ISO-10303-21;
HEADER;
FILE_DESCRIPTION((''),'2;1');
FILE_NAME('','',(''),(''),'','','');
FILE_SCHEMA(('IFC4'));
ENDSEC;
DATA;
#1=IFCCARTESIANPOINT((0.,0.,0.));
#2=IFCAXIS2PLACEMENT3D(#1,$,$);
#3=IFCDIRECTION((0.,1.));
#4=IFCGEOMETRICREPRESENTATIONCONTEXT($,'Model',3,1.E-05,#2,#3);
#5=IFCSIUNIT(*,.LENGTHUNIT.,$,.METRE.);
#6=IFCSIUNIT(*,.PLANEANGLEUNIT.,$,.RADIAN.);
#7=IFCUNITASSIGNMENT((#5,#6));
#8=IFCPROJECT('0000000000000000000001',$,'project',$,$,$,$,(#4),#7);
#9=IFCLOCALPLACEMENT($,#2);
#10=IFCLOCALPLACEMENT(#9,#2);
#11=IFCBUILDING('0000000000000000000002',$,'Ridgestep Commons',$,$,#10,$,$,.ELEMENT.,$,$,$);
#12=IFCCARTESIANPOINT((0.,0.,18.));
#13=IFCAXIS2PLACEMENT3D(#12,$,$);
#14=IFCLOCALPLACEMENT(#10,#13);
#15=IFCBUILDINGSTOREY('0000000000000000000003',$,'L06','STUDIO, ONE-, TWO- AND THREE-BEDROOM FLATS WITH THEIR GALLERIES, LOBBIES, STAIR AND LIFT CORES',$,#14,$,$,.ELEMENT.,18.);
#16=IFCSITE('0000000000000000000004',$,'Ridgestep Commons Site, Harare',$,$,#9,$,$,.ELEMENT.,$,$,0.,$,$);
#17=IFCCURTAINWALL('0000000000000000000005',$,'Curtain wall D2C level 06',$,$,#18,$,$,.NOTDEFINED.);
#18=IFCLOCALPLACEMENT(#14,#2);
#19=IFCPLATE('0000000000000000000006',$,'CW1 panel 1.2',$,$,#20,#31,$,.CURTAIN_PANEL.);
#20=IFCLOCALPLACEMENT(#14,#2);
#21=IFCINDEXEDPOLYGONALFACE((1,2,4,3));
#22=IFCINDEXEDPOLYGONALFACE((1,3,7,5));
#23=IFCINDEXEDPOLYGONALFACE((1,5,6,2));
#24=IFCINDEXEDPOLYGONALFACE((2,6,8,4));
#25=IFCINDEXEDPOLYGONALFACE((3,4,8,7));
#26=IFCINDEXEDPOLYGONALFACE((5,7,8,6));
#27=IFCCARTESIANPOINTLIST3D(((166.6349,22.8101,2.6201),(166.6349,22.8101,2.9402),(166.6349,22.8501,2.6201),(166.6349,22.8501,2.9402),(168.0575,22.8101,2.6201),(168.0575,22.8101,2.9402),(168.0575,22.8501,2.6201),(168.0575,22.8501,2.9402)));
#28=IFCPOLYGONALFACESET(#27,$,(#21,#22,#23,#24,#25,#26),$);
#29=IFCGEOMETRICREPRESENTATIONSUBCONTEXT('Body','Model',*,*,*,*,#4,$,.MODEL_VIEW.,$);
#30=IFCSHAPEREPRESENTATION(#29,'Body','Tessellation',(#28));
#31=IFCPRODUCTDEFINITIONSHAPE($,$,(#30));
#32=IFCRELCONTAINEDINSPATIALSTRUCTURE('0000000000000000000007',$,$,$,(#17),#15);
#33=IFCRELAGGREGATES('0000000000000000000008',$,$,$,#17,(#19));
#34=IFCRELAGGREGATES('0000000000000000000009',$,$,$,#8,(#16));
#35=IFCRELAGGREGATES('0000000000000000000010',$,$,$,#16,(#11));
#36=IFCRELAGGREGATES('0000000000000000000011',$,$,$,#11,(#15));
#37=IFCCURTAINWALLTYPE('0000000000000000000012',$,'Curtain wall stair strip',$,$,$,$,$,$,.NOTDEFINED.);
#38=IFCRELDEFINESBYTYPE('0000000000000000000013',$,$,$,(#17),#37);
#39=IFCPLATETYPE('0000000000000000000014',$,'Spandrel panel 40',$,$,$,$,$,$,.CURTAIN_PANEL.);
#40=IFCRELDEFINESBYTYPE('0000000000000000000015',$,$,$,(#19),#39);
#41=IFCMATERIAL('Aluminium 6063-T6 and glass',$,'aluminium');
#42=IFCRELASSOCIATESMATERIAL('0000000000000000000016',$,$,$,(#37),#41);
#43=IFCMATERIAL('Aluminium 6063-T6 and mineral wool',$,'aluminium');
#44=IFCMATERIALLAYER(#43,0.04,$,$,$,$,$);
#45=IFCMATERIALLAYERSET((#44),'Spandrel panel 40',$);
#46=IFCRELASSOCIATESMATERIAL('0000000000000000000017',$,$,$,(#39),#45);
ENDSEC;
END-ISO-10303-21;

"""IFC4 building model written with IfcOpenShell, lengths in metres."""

from ifc_helpers import new_model, si_unit, direction, frame, origin, origin_2d, place, context, subcontext, project, spatial, rectangle, extrude, material, layer, layer_set, type_object, element, aggregate, save


model = new_model("IFC4")

# Units and contexts
model_context = context("Model", 3, precision=1e-05, world=origin(), true_north=direction((0.0, 1.0)))
body_context = subcontext(model_context, "Body", "Model", "MODEL_VIEW")
ifc_project = project(units=[si_unit("LENGTHUNIT", "METRE"), si_unit("PLANEANGLEUNIT", "RADIAN")], contexts=[model_context])

# Site, building, storey
site_placement = place(None, origin())
site = spatial("IfcSite", under=ifc_project, at=site_placement, Name="Ridgestep Commons Site, Harare", CompositionType="ELEMENT", RefElevation=0.0)
building_placement = place(site_placement, origin())
building = spatial("IfcBuilding", under=site, at=building_placement, Name="Ridgestep Commons", CompositionType="ELEMENT")
storey_placement = place(building_placement, frame((0.0, 0.0, 18.0)))
storey = spatial("IfcBuildingStorey", under=building, at=storey_placement, Name="L06", Description="STUDIO, ONE-, TWO- AND THREE-BEDROOM FLATS WITH THEIR GALLERIES, LOBBIES, STAIR AND LIFT CORES", CompositionType="ELEMENT", Elevation=18.0)

# Shared definitions
ifc_material_1 = material(Name="Aluminium 6063-T6 and glass", Category="aluminium")
curtain_wall_type = type_object("IfcCurtainWallType", Name="Curtain wall stair strip", PredefinedType="NOTDEFINED", material=ifc_material_1)

# Curtain wall
curtain_wall_1_placement = place(storey_placement, origin())
curtain_wall_1 = element("IfcCurtainWall", 1, at=curtain_wall_1_placement, inside=storey, type_object=curtain_wall_type, Name="Curtain wall D2C level 06", PredefinedType="NOTDEFINED")

# Plate
ifc_material_2 = material(Name="Aluminium 6063-T6 and mineral wool", Category="aluminium")
ifc_layer_1 = layer(ifc_material_2, 0.04)
ifc_layer_set_1 = layer_set([ifc_layer_1], Name="Spandrel panel 40")
plate_type_1 = type_object("IfcPlateType", Name="Spandrel panel 40", PredefinedType="CURTAIN_PANEL", material=ifc_layer_set_1)
plate_1_placement = place(storey_placement, frame((167.3462, 22.8301, 2.6201), z_axis=(0.0, 0.0, 1.0), x_axis=(1.0, 0.0, 0.0)))
plate_1 = element("IfcPlate", 2, at=plate_1_placement, type_object=plate_type_1, Name="CW1 panel 1.2", PredefinedType="CURTAIN_PANEL", context=body_context, shape_type="SweptSolid", body=[
    extrude(rectangle(XDim=1.4226, YDim=0.04, at=origin_2d()), origin(), (0.0, 0.0, 1.0), 0.3201),
])
aggregate(curtain_wall_1, [plate_1])

save(model, "model.ifc")
